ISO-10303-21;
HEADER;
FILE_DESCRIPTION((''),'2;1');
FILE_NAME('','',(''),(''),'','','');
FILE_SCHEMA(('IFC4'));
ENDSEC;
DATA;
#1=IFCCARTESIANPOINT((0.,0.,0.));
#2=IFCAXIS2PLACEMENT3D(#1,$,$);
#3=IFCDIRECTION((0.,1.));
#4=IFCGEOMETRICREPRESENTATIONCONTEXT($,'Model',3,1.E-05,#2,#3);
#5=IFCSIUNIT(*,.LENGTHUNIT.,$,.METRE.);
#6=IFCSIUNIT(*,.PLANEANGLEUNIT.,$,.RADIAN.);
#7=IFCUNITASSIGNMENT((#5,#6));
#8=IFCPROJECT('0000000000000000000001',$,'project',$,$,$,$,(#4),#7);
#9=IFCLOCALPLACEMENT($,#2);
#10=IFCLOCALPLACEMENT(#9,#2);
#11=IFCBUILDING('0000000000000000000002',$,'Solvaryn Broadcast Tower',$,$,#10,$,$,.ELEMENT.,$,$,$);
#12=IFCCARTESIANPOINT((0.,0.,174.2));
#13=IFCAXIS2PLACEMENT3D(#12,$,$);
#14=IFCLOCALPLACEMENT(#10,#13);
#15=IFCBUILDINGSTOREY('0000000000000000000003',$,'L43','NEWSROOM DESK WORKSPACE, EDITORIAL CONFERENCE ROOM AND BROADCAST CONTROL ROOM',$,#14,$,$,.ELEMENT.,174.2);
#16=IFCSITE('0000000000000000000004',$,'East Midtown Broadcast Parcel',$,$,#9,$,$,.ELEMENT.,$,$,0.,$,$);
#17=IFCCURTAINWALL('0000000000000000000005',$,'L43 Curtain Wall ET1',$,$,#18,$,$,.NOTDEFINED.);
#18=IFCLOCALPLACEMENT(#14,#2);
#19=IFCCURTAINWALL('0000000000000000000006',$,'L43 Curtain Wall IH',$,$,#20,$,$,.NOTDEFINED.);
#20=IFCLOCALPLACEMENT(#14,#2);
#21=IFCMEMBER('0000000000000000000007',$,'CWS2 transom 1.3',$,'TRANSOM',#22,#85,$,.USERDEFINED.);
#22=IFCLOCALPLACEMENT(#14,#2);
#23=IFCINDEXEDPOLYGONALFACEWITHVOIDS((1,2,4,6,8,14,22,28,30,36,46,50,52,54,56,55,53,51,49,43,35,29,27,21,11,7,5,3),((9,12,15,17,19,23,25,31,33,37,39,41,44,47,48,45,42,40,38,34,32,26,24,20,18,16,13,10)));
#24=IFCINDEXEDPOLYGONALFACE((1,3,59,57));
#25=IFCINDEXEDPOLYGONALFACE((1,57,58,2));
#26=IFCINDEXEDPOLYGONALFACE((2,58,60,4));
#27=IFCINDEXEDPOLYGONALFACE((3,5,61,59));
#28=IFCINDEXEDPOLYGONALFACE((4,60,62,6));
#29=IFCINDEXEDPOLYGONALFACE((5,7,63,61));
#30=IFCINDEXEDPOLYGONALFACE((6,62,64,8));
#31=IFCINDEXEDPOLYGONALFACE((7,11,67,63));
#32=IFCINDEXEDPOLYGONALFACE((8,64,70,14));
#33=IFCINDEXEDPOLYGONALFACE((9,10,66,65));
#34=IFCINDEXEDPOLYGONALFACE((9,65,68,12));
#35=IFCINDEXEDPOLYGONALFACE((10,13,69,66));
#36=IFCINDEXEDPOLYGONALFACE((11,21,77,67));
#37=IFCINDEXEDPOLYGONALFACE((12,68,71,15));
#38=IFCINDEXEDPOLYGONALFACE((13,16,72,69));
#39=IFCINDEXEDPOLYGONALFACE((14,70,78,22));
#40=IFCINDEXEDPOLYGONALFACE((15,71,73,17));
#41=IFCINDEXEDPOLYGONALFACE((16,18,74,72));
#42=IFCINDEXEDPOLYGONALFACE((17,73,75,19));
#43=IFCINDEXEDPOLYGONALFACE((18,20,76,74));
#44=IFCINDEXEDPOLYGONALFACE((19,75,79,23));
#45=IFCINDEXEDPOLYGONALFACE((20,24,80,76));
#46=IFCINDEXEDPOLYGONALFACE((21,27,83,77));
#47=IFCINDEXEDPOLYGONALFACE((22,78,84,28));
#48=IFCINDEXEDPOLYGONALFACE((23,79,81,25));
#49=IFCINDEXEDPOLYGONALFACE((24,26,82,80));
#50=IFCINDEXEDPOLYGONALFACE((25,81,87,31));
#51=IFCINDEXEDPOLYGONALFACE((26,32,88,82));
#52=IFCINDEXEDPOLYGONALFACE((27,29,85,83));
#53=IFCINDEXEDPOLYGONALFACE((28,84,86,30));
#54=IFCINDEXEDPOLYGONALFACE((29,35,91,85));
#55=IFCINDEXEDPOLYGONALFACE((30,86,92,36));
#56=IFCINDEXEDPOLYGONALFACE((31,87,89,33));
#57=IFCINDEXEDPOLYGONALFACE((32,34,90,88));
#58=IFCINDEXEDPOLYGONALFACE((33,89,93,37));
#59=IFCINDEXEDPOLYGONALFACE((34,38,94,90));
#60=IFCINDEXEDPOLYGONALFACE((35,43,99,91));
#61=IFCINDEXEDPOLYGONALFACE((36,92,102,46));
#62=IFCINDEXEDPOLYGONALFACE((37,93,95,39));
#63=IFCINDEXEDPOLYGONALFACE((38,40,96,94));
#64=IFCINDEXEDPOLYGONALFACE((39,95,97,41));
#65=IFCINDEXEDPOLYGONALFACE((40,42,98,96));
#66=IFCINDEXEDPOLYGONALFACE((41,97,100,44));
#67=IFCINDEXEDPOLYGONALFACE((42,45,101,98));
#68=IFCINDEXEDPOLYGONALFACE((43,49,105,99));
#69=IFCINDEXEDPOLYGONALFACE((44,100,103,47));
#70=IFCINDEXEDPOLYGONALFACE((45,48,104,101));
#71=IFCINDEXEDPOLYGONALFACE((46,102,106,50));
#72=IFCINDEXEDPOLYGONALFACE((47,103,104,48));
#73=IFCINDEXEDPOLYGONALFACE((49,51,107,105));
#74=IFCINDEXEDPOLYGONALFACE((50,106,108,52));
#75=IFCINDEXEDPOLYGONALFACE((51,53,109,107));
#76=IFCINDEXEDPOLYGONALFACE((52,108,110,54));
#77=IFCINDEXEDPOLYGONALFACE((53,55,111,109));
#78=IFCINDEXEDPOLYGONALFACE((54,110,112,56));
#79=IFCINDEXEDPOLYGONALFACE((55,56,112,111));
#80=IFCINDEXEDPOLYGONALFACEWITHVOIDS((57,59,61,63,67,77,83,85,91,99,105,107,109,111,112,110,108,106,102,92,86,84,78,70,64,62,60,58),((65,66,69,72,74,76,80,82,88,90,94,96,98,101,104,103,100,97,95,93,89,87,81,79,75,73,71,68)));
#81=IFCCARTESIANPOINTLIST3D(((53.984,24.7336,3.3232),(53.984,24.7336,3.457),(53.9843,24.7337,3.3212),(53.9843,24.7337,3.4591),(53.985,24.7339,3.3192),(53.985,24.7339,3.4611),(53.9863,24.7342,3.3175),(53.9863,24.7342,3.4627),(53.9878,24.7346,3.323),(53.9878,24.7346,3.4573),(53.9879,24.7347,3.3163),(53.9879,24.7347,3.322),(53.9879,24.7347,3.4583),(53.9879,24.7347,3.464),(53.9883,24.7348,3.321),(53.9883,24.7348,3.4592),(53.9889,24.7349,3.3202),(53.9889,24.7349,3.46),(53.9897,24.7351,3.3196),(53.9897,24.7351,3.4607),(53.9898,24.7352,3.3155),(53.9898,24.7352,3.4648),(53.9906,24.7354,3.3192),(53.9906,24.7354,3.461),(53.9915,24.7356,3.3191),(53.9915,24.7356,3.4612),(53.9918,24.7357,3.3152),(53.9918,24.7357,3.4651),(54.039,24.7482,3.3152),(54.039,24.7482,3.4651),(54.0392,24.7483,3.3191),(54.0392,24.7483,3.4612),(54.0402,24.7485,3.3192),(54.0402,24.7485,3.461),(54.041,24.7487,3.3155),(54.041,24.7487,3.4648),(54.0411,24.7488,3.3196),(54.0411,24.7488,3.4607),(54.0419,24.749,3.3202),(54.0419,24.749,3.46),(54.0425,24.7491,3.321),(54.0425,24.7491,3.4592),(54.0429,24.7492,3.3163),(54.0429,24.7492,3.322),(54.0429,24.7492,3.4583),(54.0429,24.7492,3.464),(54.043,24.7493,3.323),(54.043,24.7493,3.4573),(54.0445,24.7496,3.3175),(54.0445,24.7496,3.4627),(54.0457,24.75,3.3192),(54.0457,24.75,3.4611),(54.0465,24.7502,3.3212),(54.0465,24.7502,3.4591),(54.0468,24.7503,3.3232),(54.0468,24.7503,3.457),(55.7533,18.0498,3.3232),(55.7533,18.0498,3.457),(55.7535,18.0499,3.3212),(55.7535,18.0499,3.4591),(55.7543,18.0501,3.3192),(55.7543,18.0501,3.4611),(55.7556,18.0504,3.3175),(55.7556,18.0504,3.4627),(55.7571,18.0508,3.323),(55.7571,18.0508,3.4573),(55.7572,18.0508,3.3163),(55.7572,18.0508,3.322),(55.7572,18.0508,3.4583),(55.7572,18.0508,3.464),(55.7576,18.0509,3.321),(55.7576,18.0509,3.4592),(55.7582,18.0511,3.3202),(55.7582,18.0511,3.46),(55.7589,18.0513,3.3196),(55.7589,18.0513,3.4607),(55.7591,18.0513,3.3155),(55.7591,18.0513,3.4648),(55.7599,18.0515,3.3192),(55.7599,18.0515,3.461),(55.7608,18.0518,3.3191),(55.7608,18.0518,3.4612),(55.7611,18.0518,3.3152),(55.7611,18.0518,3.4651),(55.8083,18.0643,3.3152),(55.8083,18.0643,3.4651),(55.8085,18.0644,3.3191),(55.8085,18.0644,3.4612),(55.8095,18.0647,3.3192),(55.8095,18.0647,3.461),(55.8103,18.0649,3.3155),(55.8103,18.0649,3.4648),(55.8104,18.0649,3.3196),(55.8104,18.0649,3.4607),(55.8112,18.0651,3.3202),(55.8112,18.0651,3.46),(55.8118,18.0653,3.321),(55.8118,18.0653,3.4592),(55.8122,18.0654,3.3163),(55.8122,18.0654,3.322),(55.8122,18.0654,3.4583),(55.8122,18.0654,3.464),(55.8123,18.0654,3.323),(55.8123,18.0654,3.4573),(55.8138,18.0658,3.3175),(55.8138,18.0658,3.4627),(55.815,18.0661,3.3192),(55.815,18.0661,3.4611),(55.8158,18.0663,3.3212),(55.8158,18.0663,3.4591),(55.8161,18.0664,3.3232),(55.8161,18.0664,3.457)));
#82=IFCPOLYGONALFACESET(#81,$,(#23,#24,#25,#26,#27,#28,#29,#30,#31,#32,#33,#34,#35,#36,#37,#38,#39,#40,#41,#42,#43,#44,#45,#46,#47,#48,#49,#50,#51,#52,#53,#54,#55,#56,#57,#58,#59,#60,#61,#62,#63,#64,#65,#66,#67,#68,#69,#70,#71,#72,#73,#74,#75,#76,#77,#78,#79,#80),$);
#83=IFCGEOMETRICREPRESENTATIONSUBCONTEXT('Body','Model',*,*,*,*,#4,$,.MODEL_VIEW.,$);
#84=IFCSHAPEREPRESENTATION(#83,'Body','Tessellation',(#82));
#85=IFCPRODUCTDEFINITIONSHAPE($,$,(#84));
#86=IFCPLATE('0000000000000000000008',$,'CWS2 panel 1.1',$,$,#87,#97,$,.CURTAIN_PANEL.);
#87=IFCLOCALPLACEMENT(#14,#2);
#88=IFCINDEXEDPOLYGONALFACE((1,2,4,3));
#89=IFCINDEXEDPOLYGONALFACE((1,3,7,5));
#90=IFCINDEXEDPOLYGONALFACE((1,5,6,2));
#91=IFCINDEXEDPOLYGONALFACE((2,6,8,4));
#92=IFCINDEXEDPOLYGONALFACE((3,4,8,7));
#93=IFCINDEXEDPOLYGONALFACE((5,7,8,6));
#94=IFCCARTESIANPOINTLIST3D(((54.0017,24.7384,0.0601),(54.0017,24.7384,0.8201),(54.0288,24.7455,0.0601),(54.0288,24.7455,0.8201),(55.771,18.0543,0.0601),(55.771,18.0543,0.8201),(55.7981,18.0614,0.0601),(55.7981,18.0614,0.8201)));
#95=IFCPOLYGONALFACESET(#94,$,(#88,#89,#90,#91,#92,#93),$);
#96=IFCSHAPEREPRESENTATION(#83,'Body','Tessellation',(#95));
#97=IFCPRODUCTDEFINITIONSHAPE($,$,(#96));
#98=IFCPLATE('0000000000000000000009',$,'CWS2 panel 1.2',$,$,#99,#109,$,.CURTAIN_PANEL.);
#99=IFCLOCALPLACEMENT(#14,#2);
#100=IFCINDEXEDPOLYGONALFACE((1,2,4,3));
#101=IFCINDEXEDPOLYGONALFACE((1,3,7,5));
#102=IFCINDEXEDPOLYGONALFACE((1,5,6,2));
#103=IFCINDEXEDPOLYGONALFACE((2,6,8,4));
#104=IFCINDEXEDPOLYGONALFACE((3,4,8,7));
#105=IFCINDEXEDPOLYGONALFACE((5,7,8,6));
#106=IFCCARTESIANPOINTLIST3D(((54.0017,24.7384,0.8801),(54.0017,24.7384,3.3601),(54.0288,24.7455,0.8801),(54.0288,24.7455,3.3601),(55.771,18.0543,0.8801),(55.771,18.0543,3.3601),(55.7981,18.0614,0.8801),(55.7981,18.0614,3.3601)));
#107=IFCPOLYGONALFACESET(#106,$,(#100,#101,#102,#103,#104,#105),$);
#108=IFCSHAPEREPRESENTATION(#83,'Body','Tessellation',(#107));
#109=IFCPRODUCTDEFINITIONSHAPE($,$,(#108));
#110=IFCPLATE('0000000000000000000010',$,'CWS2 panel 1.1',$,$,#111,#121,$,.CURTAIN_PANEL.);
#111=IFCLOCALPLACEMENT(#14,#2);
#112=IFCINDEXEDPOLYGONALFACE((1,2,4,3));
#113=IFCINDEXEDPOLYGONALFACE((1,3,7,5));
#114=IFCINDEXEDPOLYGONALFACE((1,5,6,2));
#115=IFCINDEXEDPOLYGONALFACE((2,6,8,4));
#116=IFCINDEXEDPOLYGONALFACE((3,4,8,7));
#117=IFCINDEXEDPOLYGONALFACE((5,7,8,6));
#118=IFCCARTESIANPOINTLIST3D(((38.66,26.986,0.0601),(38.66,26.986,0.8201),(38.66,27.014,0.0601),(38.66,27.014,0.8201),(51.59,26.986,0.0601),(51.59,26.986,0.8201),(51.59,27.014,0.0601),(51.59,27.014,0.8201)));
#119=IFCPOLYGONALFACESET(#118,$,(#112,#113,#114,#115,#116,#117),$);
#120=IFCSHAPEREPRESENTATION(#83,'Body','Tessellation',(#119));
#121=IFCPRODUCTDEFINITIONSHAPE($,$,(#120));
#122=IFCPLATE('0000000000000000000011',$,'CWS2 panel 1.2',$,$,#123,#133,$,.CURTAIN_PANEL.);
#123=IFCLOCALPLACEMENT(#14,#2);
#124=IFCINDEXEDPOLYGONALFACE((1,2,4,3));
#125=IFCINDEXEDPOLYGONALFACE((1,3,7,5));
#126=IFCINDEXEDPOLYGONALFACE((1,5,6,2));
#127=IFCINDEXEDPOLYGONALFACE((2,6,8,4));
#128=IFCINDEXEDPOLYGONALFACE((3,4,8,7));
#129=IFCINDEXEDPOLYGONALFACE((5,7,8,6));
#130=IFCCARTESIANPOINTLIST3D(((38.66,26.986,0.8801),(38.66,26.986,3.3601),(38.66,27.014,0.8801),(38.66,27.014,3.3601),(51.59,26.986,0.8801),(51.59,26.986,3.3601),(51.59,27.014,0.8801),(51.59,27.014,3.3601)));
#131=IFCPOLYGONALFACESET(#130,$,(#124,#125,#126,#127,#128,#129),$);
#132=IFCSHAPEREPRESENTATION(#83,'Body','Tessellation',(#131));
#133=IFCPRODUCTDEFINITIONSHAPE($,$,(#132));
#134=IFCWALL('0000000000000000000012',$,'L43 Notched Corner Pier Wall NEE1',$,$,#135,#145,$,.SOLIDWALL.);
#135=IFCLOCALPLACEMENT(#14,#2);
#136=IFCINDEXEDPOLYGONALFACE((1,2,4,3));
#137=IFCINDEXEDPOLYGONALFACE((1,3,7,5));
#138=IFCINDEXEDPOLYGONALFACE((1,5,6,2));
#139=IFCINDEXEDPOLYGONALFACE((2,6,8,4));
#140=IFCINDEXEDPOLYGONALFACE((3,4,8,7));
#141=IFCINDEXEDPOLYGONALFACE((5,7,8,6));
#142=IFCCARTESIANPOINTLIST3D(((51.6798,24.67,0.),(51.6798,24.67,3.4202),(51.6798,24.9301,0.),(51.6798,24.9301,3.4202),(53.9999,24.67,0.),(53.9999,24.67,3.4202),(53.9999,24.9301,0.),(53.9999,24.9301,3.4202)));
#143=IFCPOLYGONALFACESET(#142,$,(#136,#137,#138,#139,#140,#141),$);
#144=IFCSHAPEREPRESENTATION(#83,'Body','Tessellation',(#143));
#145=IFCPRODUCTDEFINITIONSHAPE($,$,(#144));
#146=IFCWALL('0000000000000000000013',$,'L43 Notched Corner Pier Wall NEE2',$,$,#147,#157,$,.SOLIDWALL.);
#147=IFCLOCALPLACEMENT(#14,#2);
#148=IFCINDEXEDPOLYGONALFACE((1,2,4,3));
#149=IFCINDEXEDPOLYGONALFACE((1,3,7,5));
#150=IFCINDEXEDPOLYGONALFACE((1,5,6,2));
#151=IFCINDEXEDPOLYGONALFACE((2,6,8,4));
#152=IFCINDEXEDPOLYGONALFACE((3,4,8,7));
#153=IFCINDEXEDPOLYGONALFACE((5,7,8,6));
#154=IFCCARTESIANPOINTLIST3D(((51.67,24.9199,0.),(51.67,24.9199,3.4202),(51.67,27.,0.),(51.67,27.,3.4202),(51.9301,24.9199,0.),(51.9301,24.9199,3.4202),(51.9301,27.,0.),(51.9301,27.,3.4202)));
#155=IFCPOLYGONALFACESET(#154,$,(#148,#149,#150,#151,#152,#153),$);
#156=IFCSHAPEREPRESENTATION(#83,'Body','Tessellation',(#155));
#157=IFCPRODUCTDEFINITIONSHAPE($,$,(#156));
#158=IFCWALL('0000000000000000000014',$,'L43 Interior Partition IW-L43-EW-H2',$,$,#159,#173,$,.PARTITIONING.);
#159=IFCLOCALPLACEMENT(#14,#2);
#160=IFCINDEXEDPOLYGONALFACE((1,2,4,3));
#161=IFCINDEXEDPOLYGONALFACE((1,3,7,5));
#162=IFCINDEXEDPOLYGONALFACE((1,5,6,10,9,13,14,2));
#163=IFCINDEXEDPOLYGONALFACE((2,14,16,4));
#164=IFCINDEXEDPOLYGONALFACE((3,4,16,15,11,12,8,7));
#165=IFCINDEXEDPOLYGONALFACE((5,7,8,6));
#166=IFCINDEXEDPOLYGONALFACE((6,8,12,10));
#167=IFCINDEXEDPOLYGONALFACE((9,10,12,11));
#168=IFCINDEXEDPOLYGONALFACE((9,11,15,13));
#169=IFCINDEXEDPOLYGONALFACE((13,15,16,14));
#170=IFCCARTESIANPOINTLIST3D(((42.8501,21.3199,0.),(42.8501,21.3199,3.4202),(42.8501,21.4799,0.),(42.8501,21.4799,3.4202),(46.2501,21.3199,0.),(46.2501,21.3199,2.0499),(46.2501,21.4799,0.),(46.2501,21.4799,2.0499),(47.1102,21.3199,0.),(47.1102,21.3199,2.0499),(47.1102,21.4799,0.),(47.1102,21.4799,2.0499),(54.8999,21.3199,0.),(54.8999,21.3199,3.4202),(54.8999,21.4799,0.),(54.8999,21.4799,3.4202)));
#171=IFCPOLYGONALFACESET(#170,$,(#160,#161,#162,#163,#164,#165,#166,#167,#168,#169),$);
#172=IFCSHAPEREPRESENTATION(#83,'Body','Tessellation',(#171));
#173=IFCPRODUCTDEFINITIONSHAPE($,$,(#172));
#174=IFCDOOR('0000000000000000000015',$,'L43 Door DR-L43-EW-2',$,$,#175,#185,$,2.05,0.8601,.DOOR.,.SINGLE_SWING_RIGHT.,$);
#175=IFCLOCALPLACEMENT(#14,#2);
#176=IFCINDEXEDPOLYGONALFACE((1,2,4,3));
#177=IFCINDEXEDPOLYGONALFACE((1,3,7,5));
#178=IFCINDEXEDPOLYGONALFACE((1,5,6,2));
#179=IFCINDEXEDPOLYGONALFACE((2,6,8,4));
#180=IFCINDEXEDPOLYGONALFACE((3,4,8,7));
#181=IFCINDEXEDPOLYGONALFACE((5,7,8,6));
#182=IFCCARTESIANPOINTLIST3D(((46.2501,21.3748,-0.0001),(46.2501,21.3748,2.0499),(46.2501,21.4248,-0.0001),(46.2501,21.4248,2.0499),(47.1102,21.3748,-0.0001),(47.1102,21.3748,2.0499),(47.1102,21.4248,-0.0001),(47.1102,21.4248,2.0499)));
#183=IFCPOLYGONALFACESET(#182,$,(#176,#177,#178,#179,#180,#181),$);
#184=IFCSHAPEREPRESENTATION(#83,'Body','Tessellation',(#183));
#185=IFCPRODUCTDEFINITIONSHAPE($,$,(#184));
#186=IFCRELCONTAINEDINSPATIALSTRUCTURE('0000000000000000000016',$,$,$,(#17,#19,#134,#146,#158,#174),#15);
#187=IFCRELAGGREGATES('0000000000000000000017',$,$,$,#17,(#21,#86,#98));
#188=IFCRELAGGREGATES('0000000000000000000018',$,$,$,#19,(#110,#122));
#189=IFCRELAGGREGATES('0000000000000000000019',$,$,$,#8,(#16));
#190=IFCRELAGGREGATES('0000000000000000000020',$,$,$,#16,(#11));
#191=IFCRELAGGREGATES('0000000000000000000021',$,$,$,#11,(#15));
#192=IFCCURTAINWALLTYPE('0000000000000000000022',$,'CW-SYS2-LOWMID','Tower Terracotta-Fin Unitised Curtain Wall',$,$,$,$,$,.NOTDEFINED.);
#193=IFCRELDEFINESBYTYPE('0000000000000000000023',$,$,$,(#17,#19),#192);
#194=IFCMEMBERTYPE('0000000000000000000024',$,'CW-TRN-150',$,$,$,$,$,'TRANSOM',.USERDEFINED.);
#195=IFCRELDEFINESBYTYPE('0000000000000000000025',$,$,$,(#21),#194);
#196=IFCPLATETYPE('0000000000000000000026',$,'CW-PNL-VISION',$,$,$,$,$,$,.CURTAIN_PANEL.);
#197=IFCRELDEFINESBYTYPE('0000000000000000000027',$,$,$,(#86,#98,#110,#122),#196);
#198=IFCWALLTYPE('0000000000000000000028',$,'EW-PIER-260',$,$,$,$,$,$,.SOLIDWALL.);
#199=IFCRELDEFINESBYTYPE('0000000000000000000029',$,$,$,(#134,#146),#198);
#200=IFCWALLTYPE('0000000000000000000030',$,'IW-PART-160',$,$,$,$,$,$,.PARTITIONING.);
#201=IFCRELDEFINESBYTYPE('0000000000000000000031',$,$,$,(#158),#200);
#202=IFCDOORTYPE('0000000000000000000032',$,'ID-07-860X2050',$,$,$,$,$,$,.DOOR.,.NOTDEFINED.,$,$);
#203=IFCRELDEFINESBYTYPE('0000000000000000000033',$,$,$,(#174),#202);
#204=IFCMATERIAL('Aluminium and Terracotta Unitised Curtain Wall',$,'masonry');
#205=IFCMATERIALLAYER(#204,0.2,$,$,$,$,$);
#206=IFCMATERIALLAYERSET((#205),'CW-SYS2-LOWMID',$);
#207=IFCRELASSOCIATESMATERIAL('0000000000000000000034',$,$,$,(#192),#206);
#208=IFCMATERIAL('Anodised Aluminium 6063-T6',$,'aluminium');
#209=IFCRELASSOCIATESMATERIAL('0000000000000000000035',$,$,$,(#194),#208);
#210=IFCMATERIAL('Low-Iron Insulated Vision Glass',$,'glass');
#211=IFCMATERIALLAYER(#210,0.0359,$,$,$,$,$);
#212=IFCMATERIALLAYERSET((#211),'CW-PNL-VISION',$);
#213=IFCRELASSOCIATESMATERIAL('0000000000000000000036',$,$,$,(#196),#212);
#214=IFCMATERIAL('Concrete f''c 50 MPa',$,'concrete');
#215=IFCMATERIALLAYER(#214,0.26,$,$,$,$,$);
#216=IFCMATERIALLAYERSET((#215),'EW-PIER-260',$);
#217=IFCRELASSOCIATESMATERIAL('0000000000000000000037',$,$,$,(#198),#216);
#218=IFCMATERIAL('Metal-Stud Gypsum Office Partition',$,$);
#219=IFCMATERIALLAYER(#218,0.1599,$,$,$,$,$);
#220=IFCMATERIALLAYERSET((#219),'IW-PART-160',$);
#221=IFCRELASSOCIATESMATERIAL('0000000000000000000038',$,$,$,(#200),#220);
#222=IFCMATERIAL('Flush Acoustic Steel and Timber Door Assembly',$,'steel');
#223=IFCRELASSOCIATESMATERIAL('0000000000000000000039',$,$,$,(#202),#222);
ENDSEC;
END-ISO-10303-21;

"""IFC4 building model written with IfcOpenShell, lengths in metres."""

from ifc_helpers import new_model, si_unit, direction, frame, frame_2d, origin, origin_2d, place, context, subcontext, project, spatial, rectangle, hollow_rectangle, extrude, material, layer, layer_set, material_profile, profile_set, type_object, element, fill, aggregate, save


model = new_model("IFC4")

# Units and contexts
model_context = context("Model", 3, precision=1e-05, world=origin(), true_north=direction((0.0, 1.0)))
body_context = subcontext(model_context, "Body", "Model", "MODEL_VIEW")
ifc_project = project(units=[si_unit("LENGTHUNIT", "METRE"), si_unit("PLANEANGLEUNIT", "RADIAN")], contexts=[model_context])

# Site, building, storey
site_placement = place(None, origin())
site = spatial("IfcSite", under=ifc_project, at=site_placement, Name="East Midtown Broadcast Parcel", CompositionType="ELEMENT", RefElevation=0.0)
building_placement = place(site_placement, origin())
building = spatial("IfcBuilding", under=site, at=building_placement, Name="Solvaryn Broadcast Tower", CompositionType="ELEMENT")
storey_placement = place(building_placement, frame((0.0, 0.0, 174.2)))
storey = spatial("IfcBuildingStorey", under=building, at=storey_placement, Name="L43", Description="NEWSROOM DESK WORKSPACE, EDITORIAL CONFERENCE ROOM AND BROADCAST CONTROL ROOM", CompositionType="ELEMENT", Elevation=174.2)

# Curtain walls
ifc_material_1 = material(Name="Aluminium and Terracotta Unitised Curtain Wall", Category="masonry")
ifc_layer_1 = layer(ifc_material_1, 0.2)
ifc_layer_set_1 = layer_set([ifc_layer_1], Name="CW-SYS2-LOWMID")
curtain_wall_type = type_object("IfcCurtainWallType", Name="CW-SYS2-LOWMID", Description="Tower Terracotta-Fin Unitised Curtain Wall", PredefinedType="NOTDEFINED", material=ifc_layer_set_1)
curtain_wall_1_placement = place(storey_placement, origin())
curtain_wall_1 = element("IfcCurtainWall", 1, at=curtain_wall_1_placement, inside=storey, type_object=curtain_wall_type, Name="L43 Curtain Wall ET1", PredefinedType="NOTDEFINED")
curtain_wall_2_placement = place(storey_placement, origin())
curtain_wall_2 = element("IfcCurtainWall", 2, at=curtain_wall_2_placement, inside=storey, type_object=curtain_wall_type, Name="L43 Curtain Wall IH", PredefinedType="NOTDEFINED")

# Member
ifc_material_2 = material(Name="Anodised Aluminium 6063-T6", Category="aluminium")
ifc_material_profile_1 = material_profile(ifc_material_2, hollow_rectangle(XDim=0.0649, YDim=0.1499, WallThickness=0.0039, InnerFilletRadius=0.0039, OuterFilletRadius=0.0081, at=origin_2d()))
ifc_profile_set_1 = profile_set([ifc_material_profile_1], Name="Anodised Aluminium 6063-T6")
member_type_1 = type_object("IfcMemberType", Name="CW-TRN-150", ElementType="TRANSOM", PredefinedType="USERDEFINED", material=ifc_profile_set_1)
member_1_placement = place(storey_placement, frame((54.0154, 24.7419, 3.3901), z_axis=(0.255897, -0.966704, 0.0), x_axis=(0.966704, 0.255897, 0.0)))
member_1 = element("IfcMember", 3, at=member_1_placement, type_object=member_type_1, Name="CWS2 transom 1.3", ObjectType="TRANSOM", PredefinedType="USERDEFINED", context=body_context, shape_type="SweptSolid", body=[
    extrude(hollow_rectangle(XDim=0.0649, YDim=0.1499, WallThickness=0.0039, InnerFilletRadius=0.0039, OuterFilletRadius=0.0081, at=origin_2d()), origin(), (0.0, 0.0, 1.0), 6.9141),
])

# Plates
ifc_material_3 = material(Name="Low-Iron Insulated Vision Glass", Category="glass")
ifc_layer_2 = layer(ifc_material_3, 0.0359)
ifc_layer_set_2 = layer_set([ifc_layer_2], Name="CW-PNL-VISION")
plate_type = type_object("IfcPlateType", Name="CW-PNL-VISION", PredefinedType="CURTAIN_PANEL", material=ifc_layer_set_2)
plate_1_placement = place(storey_placement, frame((54.8999, 21.3999, 0.0601), z_axis=(0.0, 0.0, 1.0), x_axis=(0.255893, -0.966705, 0.0)))
plate_1 = element("IfcPlate", 4, at=plate_1_placement, type_object=plate_type, Name="CWS2 panel 1.1", PredefinedType="CURTAIN_PANEL", context=body_context, shape_type="SweptSolid", body=[
    extrude(rectangle(XDim=6.9143, YDim=0.0281, at=origin_2d()), origin(), (0.0, 0.0, 1.0), 0.76),
])
plate_2_placement = place(storey_placement, frame((54.8999, 21.3999, 0.8801), z_axis=(0.0, 0.0, 1.0), x_axis=(0.255893, -0.966705, 0.0)))
plate_2 = element("IfcPlate", 5, at=plate_2_placement, type_object=plate_type, Name="CWS2 panel 1.2", PredefinedType="CURTAIN_PANEL", context=body_context, shape_type="SweptSolid", body=[
    extrude(rectangle(XDim=6.9143, YDim=0.0281, at=origin_2d()), origin(), (0.0, 0.0, 1.0), 2.48),
])
aggregate(curtain_wall_1, [member_1, plate_1, plate_2])
plate_3_placement = place(storey_placement, frame((45.125, 27.0, 0.0601), z_axis=(0.0, 0.0, 1.0), x_axis=(1.0, 0.0, 0.0)))
plate_3 = element("IfcPlate", 6, at=plate_3_placement, type_object=plate_type, Name="CWS2 panel 1.1", PredefinedType="CURTAIN_PANEL", context=body_context, shape_type="SweptSolid", body=[
    extrude(rectangle(XDim=12.9299, YDim=0.0281, at=origin_2d()), origin(), (0.0, 0.0, 1.0), 0.76),
])
plate_4_placement = place(storey_placement, frame((45.125, 27.0, 0.8801), z_axis=(0.0, 0.0, 1.0), x_axis=(1.0, 0.0, 0.0)))
plate_4 = element("IfcPlate", 7, at=plate_4_placement, type_object=plate_type, Name="CWS2 panel 1.2", PredefinedType="CURTAIN_PANEL", context=body_context, shape_type="SweptSolid", body=[
    extrude(rectangle(XDim=12.9299, YDim=0.0281, at=origin_2d()), origin(), (0.0, 0.0, 1.0), 2.48),
])
aggregate(curtain_wall_2, [plate_3, plate_4])

# Walls
ifc_material_4 = material(Name="Concrete f'c 50 MPa", Category="concrete")
ifc_layer_3 = layer(ifc_material_4, 0.26)
ifc_layer_set_3 = layer_set([ifc_layer_3], Name="EW-PIER-260")
wall_type_1 = type_object("IfcWallType", Name="EW-PIER-260", PredefinedType="SOLIDWALL", material=ifc_layer_set_3)
wall_1_placement = place(storey_placement, frame((54.0, 24.8, 0.0), z_axis=(0.0, 0.0, 1.0), x_axis=(-1.0, 0.0, 0.0)))
element("IfcWall", 8, at=wall_1_placement, inside=storey, type_object=wall_type_1, Name="L43 Notched Corner Pier Wall NEE1", PredefinedType="SOLIDWALL", context=body_context, shape_type="SweptSolid", body=[
    extrude(rectangle(XDim=2.3201, YDim=0.26, at=frame_2d((1.1602, 0.0))), origin(), (0.0, 0.0, 1.0), 3.4202),
])
wall_2_placement = place(storey_placement, frame((51.8, 24.9199, 0.0), z_axis=(0.0, 0.0, 1.0), x_axis=(0.0, 1.0, 0.0)))
element("IfcWall", 9, at=wall_2_placement, inside=storey, type_object=wall_type_1, Name="L43 Notched Corner Pier Wall NEE2", PredefinedType="SOLIDWALL", context=body_context, shape_type="SweptSolid", body=[
    extrude(rectangle(XDim=2.0801, YDim=0.26, at=frame_2d((1.04, 0.0))), origin(), (0.0, 0.0, 1.0), 3.4202),
])

# Wall, opening, door
ifc_material_5 = material(Name="Metal-Stud Gypsum Office Partition")
ifc_layer_4 = layer(ifc_material_5, 0.1599)
ifc_layer_set_4 = layer_set([ifc_layer_4], Name="IW-PART-160")
wall_type_2 = type_object("IfcWallType", Name="IW-PART-160", PredefinedType="PARTITIONING", material=ifc_layer_set_4)
wall_3_placement = place(storey_placement, frame((42.8501, 21.3999, 0.0), z_axis=(0.0, 0.0, 1.0), x_axis=(1.0, 0.0, 0.0)))
wall_3 = element("IfcWall", 10, at=wall_3_placement, inside=storey, type_object=wall_type_2, Name="L43 Interior Partition IW-L43-EW-H2", PredefinedType="PARTITIONING", context=body_context, shape_type="SweptSolid", body=[
    extrude(rectangle(XDim=12.0498, YDim=0.1599, at=frame_2d((6.0249, 0.0))), origin(), (0.0, 0.0, 1.0), 3.4202),
])
opening_1_placement = place(wall_3_placement, frame((3.3999, 0.0, 0.0)))
opening_1 = element("IfcOpeningElement", 11, at=opening_1_placement, cuts=wall_3, PredefinedType="OPENING", context=body_context, shape_type="SweptSolid", body=[
    extrude(rectangle(XDim=0.8601, YDim=2.05, at=frame_2d((0.4302, 1.0249))), frame((0.0, 0.0901, 0.0), z_axis=(0.0, -1.0, 0.0), x_axis=(1.0, 0.0, 0.0)), (0.0, 0.0, 1.0), 0.1799),
])
ifc_material_6 = material(Name="Flush Acoustic Steel and Timber Door Assembly", Category="steel")
door_type_1 = type_object("IfcDoorType", Name="ID-07-860X2050", OperationType="NOTDEFINED", PredefinedType="DOOR", material=ifc_material_6)
door_1_placement = place(opening_1_placement, origin())
door_1 = element("IfcDoor", 12, at=door_1_placement, inside=storey, type_object=door_type_1, Name="L43 Door DR-L43-EW-2", OperationType="SINGLE_SWING_RIGHT", OverallHeight=2.05, OverallWidth=0.8601, PredefinedType="DOOR", context=body_context, shape_type="SweptSolid", body=[
    extrude(rectangle(XDim=0.8601, YDim=2.05, at=frame_2d((0.4302, 1.0249))), frame((0.0, 0.0249, 0.0), z_axis=(0.0, -1.0, 0.0), x_axis=(1.0, 0.0, 0.0)), (0.0, 0.0, 1.0), 0.05),
])
fill(opening_1, door_1)

save(model, "model.ifc")
